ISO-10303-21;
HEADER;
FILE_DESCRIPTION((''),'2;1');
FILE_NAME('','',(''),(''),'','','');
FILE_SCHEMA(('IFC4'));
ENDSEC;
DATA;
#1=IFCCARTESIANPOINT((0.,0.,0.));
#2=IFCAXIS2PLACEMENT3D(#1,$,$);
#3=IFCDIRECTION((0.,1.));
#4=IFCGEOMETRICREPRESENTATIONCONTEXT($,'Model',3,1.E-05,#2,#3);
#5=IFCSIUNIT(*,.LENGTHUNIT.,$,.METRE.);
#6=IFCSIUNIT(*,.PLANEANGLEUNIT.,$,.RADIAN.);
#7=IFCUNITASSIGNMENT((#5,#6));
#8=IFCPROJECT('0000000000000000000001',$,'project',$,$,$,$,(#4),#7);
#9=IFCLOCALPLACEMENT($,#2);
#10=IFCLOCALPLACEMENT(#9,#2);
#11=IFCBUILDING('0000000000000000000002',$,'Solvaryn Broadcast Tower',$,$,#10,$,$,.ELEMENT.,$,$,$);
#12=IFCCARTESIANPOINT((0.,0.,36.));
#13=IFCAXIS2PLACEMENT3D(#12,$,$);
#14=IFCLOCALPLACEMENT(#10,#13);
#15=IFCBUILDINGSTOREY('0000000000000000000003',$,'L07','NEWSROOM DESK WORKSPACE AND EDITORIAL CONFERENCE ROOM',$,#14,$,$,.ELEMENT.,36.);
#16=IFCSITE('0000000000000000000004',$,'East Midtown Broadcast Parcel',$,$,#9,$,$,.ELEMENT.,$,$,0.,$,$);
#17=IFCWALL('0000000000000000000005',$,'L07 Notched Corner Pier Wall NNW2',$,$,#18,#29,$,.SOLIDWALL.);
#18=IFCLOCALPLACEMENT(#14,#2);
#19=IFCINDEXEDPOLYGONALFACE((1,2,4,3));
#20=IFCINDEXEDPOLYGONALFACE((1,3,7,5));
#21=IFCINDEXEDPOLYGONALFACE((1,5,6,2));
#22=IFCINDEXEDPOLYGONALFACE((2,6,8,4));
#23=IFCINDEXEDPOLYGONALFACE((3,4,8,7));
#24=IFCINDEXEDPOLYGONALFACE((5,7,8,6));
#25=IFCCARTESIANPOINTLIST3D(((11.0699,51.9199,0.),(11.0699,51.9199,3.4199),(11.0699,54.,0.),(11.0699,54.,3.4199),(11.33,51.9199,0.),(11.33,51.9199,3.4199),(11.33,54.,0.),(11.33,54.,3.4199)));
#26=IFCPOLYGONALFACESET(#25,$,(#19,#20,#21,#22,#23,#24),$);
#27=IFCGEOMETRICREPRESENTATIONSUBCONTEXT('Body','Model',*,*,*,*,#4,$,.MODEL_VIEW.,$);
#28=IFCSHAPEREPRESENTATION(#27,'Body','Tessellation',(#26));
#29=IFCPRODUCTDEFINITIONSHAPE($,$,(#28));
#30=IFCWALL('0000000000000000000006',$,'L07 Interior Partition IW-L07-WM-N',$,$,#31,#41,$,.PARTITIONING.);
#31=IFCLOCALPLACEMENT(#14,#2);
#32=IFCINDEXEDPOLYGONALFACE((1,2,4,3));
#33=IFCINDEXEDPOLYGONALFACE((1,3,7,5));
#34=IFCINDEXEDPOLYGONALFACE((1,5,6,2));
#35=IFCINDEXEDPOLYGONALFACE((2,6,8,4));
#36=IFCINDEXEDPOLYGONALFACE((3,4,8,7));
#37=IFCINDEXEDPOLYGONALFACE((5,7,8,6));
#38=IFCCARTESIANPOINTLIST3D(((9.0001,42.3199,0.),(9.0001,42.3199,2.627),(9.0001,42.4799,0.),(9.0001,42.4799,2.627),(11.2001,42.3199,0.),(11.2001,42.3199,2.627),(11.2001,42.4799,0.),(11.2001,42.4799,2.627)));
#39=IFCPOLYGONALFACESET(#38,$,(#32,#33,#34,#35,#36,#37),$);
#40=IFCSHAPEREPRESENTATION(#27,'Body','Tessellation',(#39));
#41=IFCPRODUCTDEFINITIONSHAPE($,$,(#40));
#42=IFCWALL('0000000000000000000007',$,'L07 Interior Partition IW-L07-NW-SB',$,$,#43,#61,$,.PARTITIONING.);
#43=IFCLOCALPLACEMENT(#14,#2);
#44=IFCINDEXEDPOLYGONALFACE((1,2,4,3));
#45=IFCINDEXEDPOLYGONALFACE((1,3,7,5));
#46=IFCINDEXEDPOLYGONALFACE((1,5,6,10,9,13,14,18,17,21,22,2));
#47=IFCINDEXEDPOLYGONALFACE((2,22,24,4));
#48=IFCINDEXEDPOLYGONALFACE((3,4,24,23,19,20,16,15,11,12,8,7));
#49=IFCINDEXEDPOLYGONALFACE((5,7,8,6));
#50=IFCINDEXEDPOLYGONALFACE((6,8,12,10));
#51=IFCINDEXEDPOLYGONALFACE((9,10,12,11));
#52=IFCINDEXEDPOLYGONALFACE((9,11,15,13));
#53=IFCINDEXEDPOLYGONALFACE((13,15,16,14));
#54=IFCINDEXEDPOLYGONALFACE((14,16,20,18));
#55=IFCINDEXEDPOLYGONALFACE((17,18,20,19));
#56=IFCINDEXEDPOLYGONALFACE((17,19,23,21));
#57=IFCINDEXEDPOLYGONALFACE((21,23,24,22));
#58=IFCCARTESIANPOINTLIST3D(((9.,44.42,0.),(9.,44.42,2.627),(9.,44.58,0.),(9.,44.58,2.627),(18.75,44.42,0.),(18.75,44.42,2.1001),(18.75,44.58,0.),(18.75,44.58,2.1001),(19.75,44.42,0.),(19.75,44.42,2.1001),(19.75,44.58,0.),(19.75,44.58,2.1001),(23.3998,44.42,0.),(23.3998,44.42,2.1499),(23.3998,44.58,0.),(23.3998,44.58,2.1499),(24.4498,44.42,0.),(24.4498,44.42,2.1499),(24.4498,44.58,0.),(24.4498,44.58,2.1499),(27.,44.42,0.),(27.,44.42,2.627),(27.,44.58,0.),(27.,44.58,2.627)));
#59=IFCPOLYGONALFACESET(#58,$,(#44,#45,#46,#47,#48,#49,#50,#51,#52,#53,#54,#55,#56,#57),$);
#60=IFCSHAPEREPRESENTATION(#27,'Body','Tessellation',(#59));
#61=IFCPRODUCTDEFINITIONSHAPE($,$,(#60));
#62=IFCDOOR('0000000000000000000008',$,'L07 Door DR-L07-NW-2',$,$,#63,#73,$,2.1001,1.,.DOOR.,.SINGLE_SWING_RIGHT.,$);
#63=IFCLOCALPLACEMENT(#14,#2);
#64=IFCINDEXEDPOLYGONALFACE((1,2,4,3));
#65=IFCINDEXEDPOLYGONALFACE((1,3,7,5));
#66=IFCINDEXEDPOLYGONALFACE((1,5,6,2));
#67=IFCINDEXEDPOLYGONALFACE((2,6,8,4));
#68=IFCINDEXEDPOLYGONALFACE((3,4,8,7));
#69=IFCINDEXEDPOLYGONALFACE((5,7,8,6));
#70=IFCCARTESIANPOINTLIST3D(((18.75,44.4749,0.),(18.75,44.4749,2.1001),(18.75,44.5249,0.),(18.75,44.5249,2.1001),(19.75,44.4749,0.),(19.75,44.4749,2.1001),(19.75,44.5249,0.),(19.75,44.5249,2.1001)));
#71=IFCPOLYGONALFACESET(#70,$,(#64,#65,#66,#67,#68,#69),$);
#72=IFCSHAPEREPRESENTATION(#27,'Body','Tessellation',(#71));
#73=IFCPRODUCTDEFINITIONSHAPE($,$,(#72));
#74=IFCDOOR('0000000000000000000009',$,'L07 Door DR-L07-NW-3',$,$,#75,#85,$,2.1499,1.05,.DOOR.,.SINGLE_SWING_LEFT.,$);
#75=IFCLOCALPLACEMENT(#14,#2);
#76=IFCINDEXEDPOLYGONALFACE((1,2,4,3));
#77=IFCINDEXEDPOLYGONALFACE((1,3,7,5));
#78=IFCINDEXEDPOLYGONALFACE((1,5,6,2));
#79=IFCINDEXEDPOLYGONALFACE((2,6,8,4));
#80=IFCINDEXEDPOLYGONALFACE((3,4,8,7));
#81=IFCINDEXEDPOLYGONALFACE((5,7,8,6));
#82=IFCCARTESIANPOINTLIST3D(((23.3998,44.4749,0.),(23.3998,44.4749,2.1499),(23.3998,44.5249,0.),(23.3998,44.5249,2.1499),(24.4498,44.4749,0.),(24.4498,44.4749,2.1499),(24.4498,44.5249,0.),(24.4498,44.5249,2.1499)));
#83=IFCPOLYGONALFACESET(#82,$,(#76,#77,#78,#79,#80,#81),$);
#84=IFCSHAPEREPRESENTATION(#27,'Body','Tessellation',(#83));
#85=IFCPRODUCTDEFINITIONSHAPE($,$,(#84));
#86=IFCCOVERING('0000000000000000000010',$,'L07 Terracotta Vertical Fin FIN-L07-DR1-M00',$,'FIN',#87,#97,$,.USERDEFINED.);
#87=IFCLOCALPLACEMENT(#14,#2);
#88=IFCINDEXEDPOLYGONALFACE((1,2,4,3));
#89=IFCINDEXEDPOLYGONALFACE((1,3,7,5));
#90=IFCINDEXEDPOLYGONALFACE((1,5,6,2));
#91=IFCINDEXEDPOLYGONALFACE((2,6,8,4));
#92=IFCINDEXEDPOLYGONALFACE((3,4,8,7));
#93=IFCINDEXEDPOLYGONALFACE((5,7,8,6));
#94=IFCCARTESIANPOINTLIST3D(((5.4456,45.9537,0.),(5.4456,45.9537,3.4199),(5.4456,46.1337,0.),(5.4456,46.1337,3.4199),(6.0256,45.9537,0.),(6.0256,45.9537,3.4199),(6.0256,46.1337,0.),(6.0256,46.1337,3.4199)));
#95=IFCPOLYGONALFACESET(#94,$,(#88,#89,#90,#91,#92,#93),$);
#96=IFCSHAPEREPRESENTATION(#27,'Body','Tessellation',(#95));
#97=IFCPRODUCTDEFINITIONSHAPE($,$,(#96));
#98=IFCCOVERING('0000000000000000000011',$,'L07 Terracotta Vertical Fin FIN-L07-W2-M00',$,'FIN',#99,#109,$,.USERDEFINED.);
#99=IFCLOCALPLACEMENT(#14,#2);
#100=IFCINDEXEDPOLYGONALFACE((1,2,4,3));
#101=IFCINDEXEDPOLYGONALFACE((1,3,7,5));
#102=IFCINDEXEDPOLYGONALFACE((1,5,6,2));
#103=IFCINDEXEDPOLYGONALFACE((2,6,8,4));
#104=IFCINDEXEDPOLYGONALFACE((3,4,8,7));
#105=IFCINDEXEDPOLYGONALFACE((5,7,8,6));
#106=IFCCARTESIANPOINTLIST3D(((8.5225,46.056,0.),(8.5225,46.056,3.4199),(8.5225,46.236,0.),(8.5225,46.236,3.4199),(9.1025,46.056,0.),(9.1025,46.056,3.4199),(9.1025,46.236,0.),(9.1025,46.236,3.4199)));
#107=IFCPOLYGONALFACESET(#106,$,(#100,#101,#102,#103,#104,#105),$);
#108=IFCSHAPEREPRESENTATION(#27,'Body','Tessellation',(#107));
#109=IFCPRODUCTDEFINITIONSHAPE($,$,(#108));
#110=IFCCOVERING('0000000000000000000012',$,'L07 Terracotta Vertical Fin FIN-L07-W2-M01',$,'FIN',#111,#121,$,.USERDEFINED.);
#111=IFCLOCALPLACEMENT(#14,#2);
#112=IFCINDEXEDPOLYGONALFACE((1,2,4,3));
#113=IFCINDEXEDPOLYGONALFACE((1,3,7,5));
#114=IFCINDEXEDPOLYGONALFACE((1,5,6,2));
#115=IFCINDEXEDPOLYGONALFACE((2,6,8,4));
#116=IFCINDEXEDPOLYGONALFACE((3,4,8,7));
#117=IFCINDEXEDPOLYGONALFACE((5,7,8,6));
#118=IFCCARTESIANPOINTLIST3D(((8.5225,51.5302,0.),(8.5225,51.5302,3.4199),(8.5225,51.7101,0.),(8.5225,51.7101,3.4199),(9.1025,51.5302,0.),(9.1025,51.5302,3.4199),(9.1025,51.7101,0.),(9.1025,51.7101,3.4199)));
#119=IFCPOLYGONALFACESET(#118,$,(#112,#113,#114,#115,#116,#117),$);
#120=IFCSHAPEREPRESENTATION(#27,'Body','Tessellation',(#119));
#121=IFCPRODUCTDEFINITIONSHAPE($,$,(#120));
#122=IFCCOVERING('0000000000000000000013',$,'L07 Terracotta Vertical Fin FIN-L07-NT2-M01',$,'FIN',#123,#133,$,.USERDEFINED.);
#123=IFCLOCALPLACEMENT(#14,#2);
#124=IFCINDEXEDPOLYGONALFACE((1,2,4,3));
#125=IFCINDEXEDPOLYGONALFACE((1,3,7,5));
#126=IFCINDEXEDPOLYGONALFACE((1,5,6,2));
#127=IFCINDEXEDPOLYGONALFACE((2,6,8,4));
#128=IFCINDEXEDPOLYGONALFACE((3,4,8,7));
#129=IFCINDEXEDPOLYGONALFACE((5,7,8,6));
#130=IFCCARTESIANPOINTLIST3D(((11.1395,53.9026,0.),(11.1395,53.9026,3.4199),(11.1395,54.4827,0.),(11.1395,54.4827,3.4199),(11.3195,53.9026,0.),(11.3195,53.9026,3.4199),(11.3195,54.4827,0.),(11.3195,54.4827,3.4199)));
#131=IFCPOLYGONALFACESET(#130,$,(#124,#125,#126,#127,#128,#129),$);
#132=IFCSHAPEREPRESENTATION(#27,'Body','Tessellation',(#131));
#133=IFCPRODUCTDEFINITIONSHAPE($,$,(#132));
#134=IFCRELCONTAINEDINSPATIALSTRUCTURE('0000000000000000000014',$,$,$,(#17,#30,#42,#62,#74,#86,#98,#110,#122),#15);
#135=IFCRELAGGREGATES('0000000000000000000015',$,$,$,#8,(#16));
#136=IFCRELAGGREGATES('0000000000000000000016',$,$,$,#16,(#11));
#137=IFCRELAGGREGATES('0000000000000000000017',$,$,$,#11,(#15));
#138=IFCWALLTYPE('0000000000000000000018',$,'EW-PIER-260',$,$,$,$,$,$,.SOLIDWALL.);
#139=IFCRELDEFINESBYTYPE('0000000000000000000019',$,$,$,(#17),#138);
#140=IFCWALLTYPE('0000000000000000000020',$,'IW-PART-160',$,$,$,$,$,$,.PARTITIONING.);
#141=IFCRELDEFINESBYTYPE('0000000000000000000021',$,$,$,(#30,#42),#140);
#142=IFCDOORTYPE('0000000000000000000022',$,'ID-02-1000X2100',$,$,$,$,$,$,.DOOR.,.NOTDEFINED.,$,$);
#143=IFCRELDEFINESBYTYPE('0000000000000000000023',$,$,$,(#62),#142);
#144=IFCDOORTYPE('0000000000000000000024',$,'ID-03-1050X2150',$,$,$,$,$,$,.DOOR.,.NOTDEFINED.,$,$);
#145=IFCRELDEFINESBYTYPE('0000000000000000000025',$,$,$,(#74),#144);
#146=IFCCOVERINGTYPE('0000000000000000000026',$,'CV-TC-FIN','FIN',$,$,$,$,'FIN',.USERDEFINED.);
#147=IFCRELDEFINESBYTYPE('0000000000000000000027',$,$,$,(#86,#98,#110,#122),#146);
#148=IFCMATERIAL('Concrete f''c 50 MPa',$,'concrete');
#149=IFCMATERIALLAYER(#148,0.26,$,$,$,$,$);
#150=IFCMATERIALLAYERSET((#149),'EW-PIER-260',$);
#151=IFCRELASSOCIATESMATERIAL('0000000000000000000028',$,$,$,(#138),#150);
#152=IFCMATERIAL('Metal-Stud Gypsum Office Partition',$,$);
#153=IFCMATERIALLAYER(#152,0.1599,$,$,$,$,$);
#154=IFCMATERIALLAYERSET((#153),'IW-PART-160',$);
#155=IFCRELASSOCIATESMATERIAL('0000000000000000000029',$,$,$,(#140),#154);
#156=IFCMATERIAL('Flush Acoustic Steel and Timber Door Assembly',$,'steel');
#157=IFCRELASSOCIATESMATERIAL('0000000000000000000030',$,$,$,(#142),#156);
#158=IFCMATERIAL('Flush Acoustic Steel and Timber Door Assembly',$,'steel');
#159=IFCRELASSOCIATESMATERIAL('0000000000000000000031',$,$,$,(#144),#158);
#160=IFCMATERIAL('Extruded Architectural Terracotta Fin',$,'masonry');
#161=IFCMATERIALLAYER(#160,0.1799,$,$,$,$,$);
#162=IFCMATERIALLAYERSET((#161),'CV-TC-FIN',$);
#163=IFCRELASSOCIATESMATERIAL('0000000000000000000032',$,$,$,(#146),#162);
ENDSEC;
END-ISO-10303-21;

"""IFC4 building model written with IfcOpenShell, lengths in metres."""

from ifc_helpers import new_model, si_unit, direction, frame, frame_2d, origin, origin_2d, place, context, subcontext, project, spatial, rectangle, extrude, material, layer, layer_set, type_object, element, fill, save


model = new_model("IFC4")

# Units and contexts
model_context = context("Model", 3, precision=1e-05, world=origin(), true_north=direction((0.0, 1.0)))
body_context = subcontext(model_context, "Body", "Model", "MODEL_VIEW")
ifc_project = project(units=[si_unit("LENGTHUNIT", "METRE"), si_unit("PLANEANGLEUNIT", "RADIAN")], contexts=[model_context])

# Site, building, storey
site_placement = place(None, origin())
site = spatial("IfcSite", under=ifc_project, at=site_placement, Name="East Midtown Broadcast Parcel", CompositionType="ELEMENT", RefElevation=0.0)
building_placement = place(site_placement, origin())
building = spatial("IfcBuilding", under=site, at=building_placement, Name="Solvaryn Broadcast Tower", CompositionType="ELEMENT")
storey_placement = place(building_placement, frame((0.0, 0.0, 36.0)))
storey = spatial("IfcBuildingStorey", under=building, at=storey_placement, Name="L07", Description="NEWSROOM DESK WORKSPACE AND EDITORIAL CONFERENCE ROOM", CompositionType="ELEMENT", Elevation=36.0)

# Walls
ifc_material_1 = material(Name="Concrete f'c 50 MPa", Category="concrete")
ifc_layer_1 = layer(ifc_material_1, 0.26)
ifc_layer_set_1 = layer_set([ifc_layer_1], Name="EW-PIER-260")
wall_type_1 = type_object("IfcWallType", Name="EW-PIER-260", PredefinedType="SOLIDWALL", material=ifc_layer_set_1)
wall_1_placement = place(storey_placement, frame((11.2, 51.9199, 0.0), z_axis=(0.0, 0.0, 1.0), x_axis=(0.0, 1.0, 0.0)))
element("IfcWall", 1, at=wall_1_placement, inside=storey, type_object=wall_type_1, Name="L07 Notched Corner Pier Wall NNW2", PredefinedType="SOLIDWALL", context=body_context, shape_type="SweptSolid", body=[
    extrude(rectangle(XDim=2.0801, YDim=0.26, at=frame_2d((1.04, 0.0))), origin(), (0.0, 0.0, 1.0), 3.4199),
])
ifc_material_2 = material(Name="Metal-Stud Gypsum Office Partition")
ifc_layer_2 = layer(ifc_material_2, 0.1599)
ifc_layer_set_2 = layer_set([ifc_layer_2], Name="IW-PART-160")
wall_type_2 = type_object("IfcWallType", Name="IW-PART-160", PredefinedType="PARTITIONING", material=ifc_layer_set_2)
wall_2_placement = place(storey_placement, frame((9.0, 42.3999, 0.0), z_axis=(0.0, 0.0, 1.0), x_axis=(1.0, 0.0, 0.0)))
element("IfcWall", 2, at=wall_2_placement, inside=storey, type_object=wall_type_2, Name="L07 Interior Partition IW-L07-WM-N", PredefinedType="PARTITIONING", context=body_context, shape_type="SweptSolid", body=[
    extrude(rectangle(XDim=2.2, YDim=0.1599, at=frame_2d((1.1001, 0.0))), origin(), (0.0, 0.0, 1.0), 2.627),
])

# Wall, openings, doors
wall_3_placement = place(storey_placement, frame((9.0, 44.5, 0.0), z_axis=(0.0, 0.0, 1.0), x_axis=(1.0, 0.0, 0.0)))
wall_3 = element("IfcWall", 3, at=wall_3_placement, inside=storey, type_object=wall_type_2, Name="L07 Interior Partition IW-L07-NW-SB", PredefinedType="PARTITIONING", context=body_context, shape_type="SweptSolid", body=[
    extrude(rectangle(XDim=18.0, YDim=0.1599, at=frame_2d((9.0, 0.0))), origin(), (0.0, 0.0, 1.0), 2.627),
])
opening_1_placement = place(wall_3_placement, frame((9.75, 0.0, 0.0)))
opening_1 = element("IfcOpeningElement", 4, at=opening_1_placement, cuts=wall_3, PredefinedType="OPENING", context=body_context, shape_type="SweptSolid", body=[
    extrude(rectangle(XDim=1.0, YDim=2.1001, at=frame_2d((0.5, 1.05))), frame((0.0, 0.0901, 0.0), z_axis=(0.0, -1.0, 0.0), x_axis=(1.0, 0.0, 0.0)), (0.0, 0.0, 1.0), 0.1799),
])
opening_2_placement = place(wall_3_placement, frame((14.3999, 0.0, 0.0)))
opening_2 = element("IfcOpeningElement", 5, at=opening_2_placement, cuts=wall_3, PredefinedType="OPENING", context=body_context, shape_type="SweptSolid", body=[
    extrude(rectangle(XDim=1.05, YDim=2.1499, at=frame_2d((0.5249, 1.075))), frame((0.0, 0.0901, 0.0), z_axis=(0.0, -1.0, 0.0), x_axis=(1.0, 0.0, 0.0)), (0.0, 0.0, 1.0), 0.1799),
])
ifc_material_3 = material(Name="Flush Acoustic Steel and Timber Door Assembly", Category="steel")
door_type_1 = type_object("IfcDoorType", Name="ID-02-1000X2100", OperationType="NOTDEFINED", PredefinedType="DOOR", material=ifc_material_3)
door_1_placement = place(opening_1_placement, origin())
door_1 = element("IfcDoor", 6, at=door_1_placement, inside=storey, type_object=door_type_1, Name="L07 Door DR-L07-NW-2", OperationType="SINGLE_SWING_RIGHT", OverallHeight=2.1001, OverallWidth=1.0, PredefinedType="DOOR", context=body_context, shape_type="SweptSolid", body=[
    extrude(rectangle(XDim=1.0, YDim=2.1001, at=frame_2d((0.5, 1.05))), frame((0.0, 0.0249, 0.0), z_axis=(0.0, -1.0, 0.0), x_axis=(1.0, 0.0, 0.0)), (0.0, 0.0, 1.0), 0.05),
])
fill(opening_1, door_1)
ifc_material_4 = material(Name="Flush Acoustic Steel and Timber Door Assembly", Category="steel")
door_type_2 = type_object("IfcDoorType", Name="ID-03-1050X2150", OperationType="NOTDEFINED", PredefinedType="DOOR", material=ifc_material_4)
door_2_placement = place(opening_2_placement, origin())
door_2 = element("IfcDoor", 7, at=door_2_placement, inside=storey, type_object=door_type_2, Name="L07 Door DR-L07-NW-3", OperationType="SINGLE_SWING_LEFT", OverallHeight=2.1499, OverallWidth=1.05, PredefinedType="DOOR", context=body_context, shape_type="SweptSolid", body=[
    extrude(rectangle(XDim=1.05, YDim=2.1499, at=frame_2d((0.5249, 1.075))), frame((0.0, 0.0249, 0.0), z_axis=(0.0, -1.0, 0.0), x_axis=(1.0, 0.0, 0.0)), (0.0, 0.0, 1.0), 0.05),
])
fill(opening_2, door_2)

# Coverings
ifc_material_5 = material(Name="Extruded Architectural Terracotta Fin", Category="masonry")
ifc_layer_3 = layer(ifc_material_5, 0.1799)
ifc_layer_set_3 = layer_set([ifc_layer_3], Name="CV-TC-FIN")
covering_type = type_object("IfcCoveringType", Name="CV-TC-FIN", Description="FIN", ElementType="FIN", PredefinedType="USERDEFINED", material=ifc_layer_set_3)
for number, where, z_axis, x_axis, name in (
    (8, (5.7356, 46.0437, 0.0), (0.0, 0.0, 1.0), (1.0, 0.0, 0.0), "L07 Terracotta Vertical Fin FIN-L07-DR1-M00"),
    (9, (8.8125, 46.146, 0.0), (0.0, 0.0, 1.0), (1.0, 0.0, 0.0), "L07 Terracotta Vertical Fin FIN-L07-W2-M00"),
    (10, (8.8125, 51.6201, 0.0), (0.0, 0.0, 1.0), (1.0, 0.0, 0.0), "L07 Terracotta Vertical Fin FIN-L07-W2-M01"),
):
    element("IfcCovering", number, at=place(storey_placement, frame(where, z_axis=z_axis, x_axis=x_axis)), inside=storey, type_object=covering_type, Name=name, ObjectType="FIN", PredefinedType="USERDEFINED", context=body_context, shape_type="SweptSolid", body=[
        extrude(rectangle(XDim=0.5801, YDim=0.1799, at=origin_2d()), origin(), (0.0, 0.0, 1.0), 3.4199),
    ])
covering_placement = place(storey_placement, frame((11.2295, 54.1926, 0.0), z_axis=(0.0, 0.0, 1.0), x_axis=(1.0, 0.0, 0.0)))
element("IfcCovering", 11, at=covering_placement, inside=storey, type_object=covering_type, Name="L07 Terracotta Vertical Fin FIN-L07-NT2-M01", ObjectType="FIN", PredefinedType="USERDEFINED", context=body_context, shape_type="SweptSolid", body=[
    extrude(rectangle(XDim=0.1799, YDim=0.5801, at=origin_2d()), origin(), (0.0, 0.0, 1.0), 3.4199),
])

save(model, "model.ifc")
